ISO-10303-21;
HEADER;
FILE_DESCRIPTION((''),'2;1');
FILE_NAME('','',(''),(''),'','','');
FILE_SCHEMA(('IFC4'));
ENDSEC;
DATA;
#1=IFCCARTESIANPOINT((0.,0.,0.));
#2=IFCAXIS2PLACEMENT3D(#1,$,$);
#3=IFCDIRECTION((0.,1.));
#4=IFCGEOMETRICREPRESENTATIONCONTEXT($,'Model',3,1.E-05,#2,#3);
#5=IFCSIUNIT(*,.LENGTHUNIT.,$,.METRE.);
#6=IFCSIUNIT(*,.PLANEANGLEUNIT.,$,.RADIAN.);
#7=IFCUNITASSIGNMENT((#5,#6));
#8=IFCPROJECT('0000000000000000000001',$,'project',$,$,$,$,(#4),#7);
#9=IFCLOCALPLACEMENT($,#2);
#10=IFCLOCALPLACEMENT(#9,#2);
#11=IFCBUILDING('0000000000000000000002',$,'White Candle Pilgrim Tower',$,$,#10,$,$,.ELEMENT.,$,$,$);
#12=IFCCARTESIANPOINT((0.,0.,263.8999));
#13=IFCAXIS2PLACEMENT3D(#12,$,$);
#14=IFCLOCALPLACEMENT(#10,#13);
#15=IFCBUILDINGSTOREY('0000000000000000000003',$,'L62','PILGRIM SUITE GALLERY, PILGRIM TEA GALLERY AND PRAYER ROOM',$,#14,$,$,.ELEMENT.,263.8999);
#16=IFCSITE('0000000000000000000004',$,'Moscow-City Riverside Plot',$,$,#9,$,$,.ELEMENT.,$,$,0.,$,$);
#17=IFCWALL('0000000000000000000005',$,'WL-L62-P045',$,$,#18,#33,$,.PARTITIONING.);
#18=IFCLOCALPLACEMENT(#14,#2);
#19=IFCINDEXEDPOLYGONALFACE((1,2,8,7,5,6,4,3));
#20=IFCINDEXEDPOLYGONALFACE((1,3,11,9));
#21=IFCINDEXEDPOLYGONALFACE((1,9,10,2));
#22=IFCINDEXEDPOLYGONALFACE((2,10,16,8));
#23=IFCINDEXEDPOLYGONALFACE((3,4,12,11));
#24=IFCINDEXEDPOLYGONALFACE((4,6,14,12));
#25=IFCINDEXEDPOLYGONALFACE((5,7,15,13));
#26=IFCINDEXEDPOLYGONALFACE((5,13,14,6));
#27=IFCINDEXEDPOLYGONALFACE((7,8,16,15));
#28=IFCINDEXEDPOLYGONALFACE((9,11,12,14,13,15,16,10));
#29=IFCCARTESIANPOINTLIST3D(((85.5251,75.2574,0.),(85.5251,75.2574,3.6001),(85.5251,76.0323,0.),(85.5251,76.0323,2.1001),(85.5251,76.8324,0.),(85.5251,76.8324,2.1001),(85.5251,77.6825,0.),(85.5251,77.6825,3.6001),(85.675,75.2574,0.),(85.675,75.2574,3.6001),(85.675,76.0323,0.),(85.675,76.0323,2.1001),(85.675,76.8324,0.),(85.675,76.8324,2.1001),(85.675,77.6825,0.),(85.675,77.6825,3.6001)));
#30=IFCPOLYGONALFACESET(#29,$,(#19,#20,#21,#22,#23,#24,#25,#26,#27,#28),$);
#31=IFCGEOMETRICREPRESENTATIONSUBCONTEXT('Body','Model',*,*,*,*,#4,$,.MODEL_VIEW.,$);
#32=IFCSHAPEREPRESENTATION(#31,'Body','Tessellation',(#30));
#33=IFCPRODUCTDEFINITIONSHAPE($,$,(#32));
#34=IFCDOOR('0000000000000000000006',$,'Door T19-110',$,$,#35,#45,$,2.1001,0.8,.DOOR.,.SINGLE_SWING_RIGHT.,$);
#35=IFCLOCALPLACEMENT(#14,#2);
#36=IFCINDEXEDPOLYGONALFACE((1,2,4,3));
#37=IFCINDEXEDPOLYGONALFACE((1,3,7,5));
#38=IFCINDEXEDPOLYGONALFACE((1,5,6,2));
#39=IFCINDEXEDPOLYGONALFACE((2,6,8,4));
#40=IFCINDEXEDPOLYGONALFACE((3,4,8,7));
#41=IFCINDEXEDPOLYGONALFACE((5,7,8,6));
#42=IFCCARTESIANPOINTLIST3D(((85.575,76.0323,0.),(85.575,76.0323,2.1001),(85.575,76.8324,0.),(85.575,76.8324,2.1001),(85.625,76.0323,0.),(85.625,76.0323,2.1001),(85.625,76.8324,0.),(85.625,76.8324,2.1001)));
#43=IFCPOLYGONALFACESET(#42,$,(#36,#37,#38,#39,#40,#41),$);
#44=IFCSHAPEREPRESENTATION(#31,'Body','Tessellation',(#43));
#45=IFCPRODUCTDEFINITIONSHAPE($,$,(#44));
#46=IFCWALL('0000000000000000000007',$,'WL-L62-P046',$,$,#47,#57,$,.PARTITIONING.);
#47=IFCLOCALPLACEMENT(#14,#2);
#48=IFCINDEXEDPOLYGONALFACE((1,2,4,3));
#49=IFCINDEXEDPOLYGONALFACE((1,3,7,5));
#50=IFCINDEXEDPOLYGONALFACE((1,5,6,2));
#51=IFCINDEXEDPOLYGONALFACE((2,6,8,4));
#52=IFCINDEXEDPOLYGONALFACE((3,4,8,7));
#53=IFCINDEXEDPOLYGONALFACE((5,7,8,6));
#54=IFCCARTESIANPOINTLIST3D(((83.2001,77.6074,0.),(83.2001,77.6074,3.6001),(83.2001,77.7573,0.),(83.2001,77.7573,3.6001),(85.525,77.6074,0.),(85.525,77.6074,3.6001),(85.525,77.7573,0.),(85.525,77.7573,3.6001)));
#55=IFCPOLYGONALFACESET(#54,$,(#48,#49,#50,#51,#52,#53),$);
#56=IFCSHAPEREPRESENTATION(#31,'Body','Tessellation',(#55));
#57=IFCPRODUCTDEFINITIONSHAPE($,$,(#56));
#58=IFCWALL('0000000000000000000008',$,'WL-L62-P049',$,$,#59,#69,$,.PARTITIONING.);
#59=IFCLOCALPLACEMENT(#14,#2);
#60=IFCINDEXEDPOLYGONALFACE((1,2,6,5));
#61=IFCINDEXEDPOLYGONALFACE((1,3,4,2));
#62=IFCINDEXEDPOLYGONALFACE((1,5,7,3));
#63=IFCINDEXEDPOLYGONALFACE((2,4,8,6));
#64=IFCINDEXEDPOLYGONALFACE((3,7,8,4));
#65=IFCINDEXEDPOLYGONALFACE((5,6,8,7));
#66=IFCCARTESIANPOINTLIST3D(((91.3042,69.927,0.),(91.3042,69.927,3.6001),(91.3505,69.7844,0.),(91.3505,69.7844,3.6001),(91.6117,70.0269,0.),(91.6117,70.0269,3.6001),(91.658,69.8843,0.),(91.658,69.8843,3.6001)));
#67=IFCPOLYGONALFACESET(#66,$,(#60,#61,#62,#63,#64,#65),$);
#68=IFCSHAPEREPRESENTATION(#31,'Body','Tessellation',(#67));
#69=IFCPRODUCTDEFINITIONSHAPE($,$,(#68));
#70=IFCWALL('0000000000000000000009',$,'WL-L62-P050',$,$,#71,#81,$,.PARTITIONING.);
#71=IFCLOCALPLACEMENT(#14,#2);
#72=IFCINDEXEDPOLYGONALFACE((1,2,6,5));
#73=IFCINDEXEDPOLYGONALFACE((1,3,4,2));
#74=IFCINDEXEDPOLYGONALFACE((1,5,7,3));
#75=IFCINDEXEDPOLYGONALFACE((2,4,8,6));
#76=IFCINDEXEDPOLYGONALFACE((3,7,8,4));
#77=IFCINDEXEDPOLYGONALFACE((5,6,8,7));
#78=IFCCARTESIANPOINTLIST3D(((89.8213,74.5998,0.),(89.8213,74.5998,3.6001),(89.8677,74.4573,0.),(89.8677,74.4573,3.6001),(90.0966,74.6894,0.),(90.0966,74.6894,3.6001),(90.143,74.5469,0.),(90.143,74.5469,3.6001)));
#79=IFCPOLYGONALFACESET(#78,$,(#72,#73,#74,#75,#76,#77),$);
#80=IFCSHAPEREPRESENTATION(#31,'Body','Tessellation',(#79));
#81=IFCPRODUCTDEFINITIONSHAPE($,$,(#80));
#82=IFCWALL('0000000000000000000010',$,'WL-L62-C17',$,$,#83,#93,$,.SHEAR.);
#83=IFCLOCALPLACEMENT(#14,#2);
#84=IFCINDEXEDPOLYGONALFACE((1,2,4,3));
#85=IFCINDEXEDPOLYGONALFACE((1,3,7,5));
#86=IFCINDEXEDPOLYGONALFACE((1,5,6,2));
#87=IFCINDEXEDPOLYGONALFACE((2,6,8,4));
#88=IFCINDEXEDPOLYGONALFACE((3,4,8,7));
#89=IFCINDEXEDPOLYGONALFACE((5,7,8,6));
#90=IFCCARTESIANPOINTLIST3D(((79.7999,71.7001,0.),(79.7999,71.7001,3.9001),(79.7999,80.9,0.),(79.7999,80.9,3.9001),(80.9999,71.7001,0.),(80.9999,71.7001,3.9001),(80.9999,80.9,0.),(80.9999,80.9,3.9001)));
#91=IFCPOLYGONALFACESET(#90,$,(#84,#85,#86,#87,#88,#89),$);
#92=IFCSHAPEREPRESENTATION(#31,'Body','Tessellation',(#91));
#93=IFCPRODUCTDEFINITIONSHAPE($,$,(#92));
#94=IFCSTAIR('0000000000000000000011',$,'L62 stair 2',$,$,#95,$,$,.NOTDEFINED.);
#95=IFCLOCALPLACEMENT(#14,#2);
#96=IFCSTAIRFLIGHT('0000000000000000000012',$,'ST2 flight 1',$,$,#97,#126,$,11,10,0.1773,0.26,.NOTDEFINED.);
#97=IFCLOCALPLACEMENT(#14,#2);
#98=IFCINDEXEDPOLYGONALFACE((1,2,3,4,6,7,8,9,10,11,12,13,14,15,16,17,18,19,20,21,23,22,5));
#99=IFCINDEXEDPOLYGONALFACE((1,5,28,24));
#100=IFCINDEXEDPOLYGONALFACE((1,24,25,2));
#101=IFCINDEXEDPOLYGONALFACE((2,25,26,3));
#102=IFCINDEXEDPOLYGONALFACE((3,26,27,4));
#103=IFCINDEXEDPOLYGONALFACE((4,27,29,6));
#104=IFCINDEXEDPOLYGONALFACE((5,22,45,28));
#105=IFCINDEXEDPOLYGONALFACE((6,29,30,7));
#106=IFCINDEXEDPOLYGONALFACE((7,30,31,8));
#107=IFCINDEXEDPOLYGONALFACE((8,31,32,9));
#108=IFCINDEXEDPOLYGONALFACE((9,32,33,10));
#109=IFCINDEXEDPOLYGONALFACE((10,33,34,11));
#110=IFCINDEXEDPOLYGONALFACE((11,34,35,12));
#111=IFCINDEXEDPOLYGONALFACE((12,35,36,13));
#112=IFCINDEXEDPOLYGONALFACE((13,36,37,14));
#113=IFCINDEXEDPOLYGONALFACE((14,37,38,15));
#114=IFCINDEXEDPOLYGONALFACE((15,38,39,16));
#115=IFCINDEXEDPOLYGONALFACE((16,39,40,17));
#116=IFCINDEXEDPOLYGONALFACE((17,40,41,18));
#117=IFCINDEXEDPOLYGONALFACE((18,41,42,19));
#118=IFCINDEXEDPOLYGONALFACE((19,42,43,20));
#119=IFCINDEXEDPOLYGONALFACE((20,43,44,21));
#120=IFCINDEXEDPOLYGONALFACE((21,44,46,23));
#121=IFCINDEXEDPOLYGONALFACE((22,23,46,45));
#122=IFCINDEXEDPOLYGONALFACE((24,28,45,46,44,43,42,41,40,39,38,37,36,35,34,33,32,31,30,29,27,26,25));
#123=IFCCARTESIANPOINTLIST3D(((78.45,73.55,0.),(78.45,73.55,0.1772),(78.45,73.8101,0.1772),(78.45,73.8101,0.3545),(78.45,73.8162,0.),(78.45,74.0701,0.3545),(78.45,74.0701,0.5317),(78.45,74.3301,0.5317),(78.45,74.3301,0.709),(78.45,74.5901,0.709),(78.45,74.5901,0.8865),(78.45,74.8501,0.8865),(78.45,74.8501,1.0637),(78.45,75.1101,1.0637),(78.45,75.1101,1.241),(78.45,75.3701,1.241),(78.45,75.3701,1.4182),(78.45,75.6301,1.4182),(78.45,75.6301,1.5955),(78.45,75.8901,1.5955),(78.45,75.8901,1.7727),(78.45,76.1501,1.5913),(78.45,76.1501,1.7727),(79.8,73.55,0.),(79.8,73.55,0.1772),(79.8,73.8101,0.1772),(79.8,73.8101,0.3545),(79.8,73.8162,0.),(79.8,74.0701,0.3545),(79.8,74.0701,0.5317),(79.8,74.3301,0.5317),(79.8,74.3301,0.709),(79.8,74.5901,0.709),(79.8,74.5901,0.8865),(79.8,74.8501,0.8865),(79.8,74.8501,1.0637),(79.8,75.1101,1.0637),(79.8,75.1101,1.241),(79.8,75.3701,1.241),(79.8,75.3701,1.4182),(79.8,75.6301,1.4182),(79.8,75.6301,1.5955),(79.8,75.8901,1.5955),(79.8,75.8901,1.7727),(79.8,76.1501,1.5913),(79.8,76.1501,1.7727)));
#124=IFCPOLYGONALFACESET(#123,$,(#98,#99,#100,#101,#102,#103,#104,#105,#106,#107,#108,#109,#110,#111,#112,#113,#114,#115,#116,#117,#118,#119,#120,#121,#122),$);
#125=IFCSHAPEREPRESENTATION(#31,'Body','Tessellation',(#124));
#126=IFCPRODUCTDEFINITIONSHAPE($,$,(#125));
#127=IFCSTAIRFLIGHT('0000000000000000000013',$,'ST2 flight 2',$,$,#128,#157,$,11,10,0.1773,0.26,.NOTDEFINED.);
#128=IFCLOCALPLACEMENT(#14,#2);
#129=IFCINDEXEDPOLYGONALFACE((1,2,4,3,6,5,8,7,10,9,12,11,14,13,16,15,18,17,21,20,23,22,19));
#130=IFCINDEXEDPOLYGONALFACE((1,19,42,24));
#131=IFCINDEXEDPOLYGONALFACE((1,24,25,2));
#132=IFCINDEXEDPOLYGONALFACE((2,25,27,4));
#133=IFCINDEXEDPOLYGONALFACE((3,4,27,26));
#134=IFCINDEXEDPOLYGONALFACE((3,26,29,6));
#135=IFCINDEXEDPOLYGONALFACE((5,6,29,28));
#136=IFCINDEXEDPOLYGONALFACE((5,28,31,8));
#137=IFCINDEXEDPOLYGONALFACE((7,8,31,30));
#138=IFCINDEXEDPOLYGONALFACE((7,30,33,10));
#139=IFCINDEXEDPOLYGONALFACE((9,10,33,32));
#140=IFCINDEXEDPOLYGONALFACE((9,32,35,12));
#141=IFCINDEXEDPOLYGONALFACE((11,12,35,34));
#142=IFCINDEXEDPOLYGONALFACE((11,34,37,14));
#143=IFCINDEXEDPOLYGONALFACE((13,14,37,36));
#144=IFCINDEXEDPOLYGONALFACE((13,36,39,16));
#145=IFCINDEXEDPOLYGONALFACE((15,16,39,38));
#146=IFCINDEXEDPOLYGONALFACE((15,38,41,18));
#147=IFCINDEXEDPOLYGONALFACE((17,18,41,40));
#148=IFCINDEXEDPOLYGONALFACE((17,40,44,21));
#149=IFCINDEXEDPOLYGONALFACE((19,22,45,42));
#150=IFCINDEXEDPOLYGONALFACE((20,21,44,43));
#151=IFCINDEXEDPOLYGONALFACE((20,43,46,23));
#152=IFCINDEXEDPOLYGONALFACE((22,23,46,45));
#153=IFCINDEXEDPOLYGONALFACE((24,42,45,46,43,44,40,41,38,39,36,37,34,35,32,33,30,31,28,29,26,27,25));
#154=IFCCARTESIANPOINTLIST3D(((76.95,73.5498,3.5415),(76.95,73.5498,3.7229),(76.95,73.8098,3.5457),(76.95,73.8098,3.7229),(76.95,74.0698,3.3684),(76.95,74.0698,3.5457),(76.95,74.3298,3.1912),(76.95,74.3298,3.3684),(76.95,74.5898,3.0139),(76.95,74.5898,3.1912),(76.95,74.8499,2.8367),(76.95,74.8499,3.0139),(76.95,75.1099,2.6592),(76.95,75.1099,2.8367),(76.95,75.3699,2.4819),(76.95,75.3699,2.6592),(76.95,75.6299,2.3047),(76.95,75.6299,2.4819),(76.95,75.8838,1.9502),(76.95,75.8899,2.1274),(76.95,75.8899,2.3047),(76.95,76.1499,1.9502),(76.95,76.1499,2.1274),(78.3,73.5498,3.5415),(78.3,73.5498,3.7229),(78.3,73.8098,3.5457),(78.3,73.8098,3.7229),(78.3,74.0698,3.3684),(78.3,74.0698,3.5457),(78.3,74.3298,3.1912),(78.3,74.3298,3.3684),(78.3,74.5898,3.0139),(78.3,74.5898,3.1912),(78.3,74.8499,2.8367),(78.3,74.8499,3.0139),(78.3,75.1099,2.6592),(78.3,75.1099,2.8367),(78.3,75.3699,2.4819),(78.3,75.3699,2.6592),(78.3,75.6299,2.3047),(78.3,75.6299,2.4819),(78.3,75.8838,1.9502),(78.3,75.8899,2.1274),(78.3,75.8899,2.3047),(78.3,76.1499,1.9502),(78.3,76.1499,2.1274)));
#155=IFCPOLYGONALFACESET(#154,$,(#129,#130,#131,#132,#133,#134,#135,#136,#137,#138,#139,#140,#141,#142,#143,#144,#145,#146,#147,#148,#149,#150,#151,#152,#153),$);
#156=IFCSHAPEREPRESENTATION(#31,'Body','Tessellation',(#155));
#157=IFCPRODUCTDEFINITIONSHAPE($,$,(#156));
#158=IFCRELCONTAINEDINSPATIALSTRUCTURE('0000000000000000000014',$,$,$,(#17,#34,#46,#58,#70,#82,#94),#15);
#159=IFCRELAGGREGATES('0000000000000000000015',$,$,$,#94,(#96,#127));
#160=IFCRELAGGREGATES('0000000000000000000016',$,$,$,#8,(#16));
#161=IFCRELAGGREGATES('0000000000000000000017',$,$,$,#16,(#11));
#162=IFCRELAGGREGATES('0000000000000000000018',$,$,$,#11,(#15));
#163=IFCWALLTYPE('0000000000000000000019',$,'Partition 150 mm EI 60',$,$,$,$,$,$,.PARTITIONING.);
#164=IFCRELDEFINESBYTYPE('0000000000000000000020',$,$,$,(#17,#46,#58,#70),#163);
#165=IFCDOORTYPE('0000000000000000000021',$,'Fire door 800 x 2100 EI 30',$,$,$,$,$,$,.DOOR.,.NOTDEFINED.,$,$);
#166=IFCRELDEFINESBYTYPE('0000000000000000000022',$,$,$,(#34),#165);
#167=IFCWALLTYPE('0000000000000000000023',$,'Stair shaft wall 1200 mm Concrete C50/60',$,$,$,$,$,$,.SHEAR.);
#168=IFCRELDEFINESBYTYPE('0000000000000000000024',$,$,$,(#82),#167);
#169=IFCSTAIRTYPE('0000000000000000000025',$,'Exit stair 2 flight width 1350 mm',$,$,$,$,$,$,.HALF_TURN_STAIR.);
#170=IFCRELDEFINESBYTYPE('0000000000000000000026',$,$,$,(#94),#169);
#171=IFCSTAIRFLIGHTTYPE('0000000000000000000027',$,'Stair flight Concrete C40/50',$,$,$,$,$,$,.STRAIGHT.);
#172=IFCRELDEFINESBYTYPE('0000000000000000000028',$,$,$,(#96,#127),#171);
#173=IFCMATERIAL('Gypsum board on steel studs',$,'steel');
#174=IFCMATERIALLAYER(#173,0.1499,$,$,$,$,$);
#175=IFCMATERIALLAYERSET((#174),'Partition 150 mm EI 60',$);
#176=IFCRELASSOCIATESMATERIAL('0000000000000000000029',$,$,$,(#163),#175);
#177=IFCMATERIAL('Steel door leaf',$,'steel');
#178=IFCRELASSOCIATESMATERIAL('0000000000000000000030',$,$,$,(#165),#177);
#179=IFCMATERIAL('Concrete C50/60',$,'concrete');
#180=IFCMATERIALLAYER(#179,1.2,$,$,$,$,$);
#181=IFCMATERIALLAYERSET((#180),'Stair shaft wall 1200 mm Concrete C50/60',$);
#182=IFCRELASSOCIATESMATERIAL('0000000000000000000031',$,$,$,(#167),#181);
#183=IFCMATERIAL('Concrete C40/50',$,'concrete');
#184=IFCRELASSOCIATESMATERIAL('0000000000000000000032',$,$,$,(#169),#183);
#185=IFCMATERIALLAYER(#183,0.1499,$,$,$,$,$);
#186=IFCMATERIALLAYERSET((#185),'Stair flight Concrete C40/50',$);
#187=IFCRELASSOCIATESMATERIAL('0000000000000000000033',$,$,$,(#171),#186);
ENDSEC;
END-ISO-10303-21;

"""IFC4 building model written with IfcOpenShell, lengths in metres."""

from ifc_helpers import new_model, si_unit, direction, frame, frame_2d, origin, place, context, subcontext, project, spatial, polyline, rectangle, outline, extrude, material, layer, layer_set, type_object, element, fill, aggregate, save


model = new_model("IFC4")

# Units and contexts
model_context = context("Model", 3, precision=1e-05, world=origin(), true_north=direction((0.0, 1.0)))
body_context = subcontext(model_context, "Body", "Model", "MODEL_VIEW")
ifc_project = project(units=[si_unit("LENGTHUNIT", "METRE"), si_unit("PLANEANGLEUNIT", "RADIAN")], contexts=[model_context])

# Site, building, storey
site_placement = place(None, origin())
site = spatial("IfcSite", under=ifc_project, at=site_placement, Name="Moscow-City Riverside Plot", CompositionType="ELEMENT", RefElevation=0.0)
building_placement = place(site_placement, origin())
building = spatial("IfcBuilding", under=site, at=building_placement, Name="White Candle Pilgrim Tower", CompositionType="ELEMENT")
storey_placement = place(building_placement, frame((0.0, 0.0, 263.8999)))
storey = spatial("IfcBuildingStorey", under=building, at=storey_placement, Name="L62", Description="PILGRIM SUITE GALLERY, PILGRIM TEA GALLERY AND PRAYER ROOM", CompositionType="ELEMENT", Elevation=263.8999)

# Shared definitions
ifc_material_1 = material(Name="Concrete C50/60", Category="concrete")

# Shared definitions
ifc_material_2 = material(Name="Steel door leaf", Category="steel")

# Shared definitions
ifc_material_3 = material(Name="Gypsum board on steel studs", Category="steel")

# Shared definitions
ifc_layer_1 = layer(ifc_material_3, 0.1499)
ifc_layer_set_1 = layer_set([ifc_layer_1], Name="Partition 150 mm EI 60")
wall_type_1 = type_object("IfcWallType", Name="Partition 150 mm EI 60", PredefinedType="PARTITIONING", material=ifc_layer_set_1)

# Wall, opening, door
wall_1_placement = place(storey_placement, frame((85.6001, 77.6824, 0.0), z_axis=(0.0, 0.0, 1.0), x_axis=(0.0, -1.0, 0.0)))
wall_1 = element("IfcWall", 1, at=wall_1_placement, inside=storey, type_object=wall_type_1, Name="WL-L62-P045", PredefinedType="PARTITIONING", context=body_context, shape_type="SweptSolid", body=[
    extrude(rectangle(XDim=2.425, YDim=0.1499, at=frame_2d((1.2124, 0.0))), origin(), (0.0, 0.0, 1.0), 3.6001),
])
opening_1_placement = place(wall_1_placement, frame((0.8501, 0.0, 0.0)))
opening_1 = element("IfcOpeningElement", 2, at=opening_1_placement, cuts=wall_1, PredefinedType="OPENING", context=body_context, shape_type="SweptSolid", body=[
    extrude(rectangle(XDim=0.8, YDim=2.1001, at=frame_2d((0.3999, 1.05))), frame((0.0, 0.085, 0.0), z_axis=(0.0, -1.0, 0.0), x_axis=(1.0, 0.0, 0.0)), (0.0, 0.0, 1.0), 0.1699),
])
door_type_1 = type_object("IfcDoorType", Name="Fire door 800 x 2100 EI 30", OperationType="NOTDEFINED", PredefinedType="DOOR", material=ifc_material_2)
door_1_placement = place(opening_1_placement, origin())
door_1 = element("IfcDoor", 3, at=door_1_placement, inside=storey, type_object=door_type_1, Name="Door T19-110", OperationType="SINGLE_SWING_RIGHT", OverallHeight=2.1001, OverallWidth=0.8, PredefinedType="DOOR", context=body_context, shape_type="SweptSolid", body=[
    extrude(rectangle(XDim=0.8, YDim=2.1001, at=frame_2d((0.3999, 1.05))), frame((0.0, 0.0249, 0.0), z_axis=(0.0, -1.0, 0.0), x_axis=(1.0, 0.0, 0.0)), (0.0, 0.0, 1.0), 0.05),
])
fill(opening_1, door_1)

# Walls
wall_2_placement = place(storey_placement, frame((83.2, 77.6824, 0.0), z_axis=(0.0, 0.0, 1.0), x_axis=(1.0, 0.0, 0.0)))
element("IfcWall", 4, at=wall_2_placement, inside=storey, type_object=wall_type_1, Name="WL-L62-P046", PredefinedType="PARTITIONING", context=body_context, shape_type="SweptSolid", body=[
    extrude(rectangle(XDim=2.325, YDim=0.1499, at=frame_2d((1.1626, 0.0))), origin(), (0.0, 0.0, 1.0), 3.6001),
])
wall_3_placement = place(storey_placement, frame((91.3274, 69.8557, 0.0), z_axis=(0.0, 0.0, 1.0), x_axis=(0.951073, 0.308967, 0.0)))
element("IfcWall", 5, at=wall_3_placement, inside=storey, type_object=wall_type_1, Name="WL-L62-P049", PredefinedType="PARTITIONING", context=body_context, shape_type="SweptSolid", body=[
    extrude(rectangle(XDim=0.3232, YDim=0.1499, at=frame_2d((0.1616, 0.0))), origin(), (0.0, 0.0, 1.0), 3.6001),
])
wall_4_placement = place(storey_placement, frame((89.8445, 74.5286, 0.0), z_axis=(0.0, 0.0, 1.0), x_axis=(0.950935, 0.309391, 0.0)))
element("IfcWall", 6, at=wall_4_placement, inside=storey, type_object=wall_type_1, Name="WL-L62-P050", PredefinedType="PARTITIONING", context=body_context, shape_type="SweptSolid", body=[
    extrude(rectangle(XDim=0.2896, YDim=0.1499, at=frame_2d((0.1448, 0.0))), origin(), (0.0, 0.0, 1.0), 3.6001),
])
ifc_layer_2 = layer(ifc_material_1, 1.2)
ifc_layer_set_2 = layer_set([ifc_layer_2], Name="Stair shaft wall 1200 mm Concrete C50/60")
wall_type_2 = type_object("IfcWallType", Name="Stair shaft wall 1200 mm Concrete C50/60", PredefinedType="SHEAR", material=ifc_layer_set_2)
wall_5_placement = place(storey_placement, frame((80.3999, 71.7, 0.0), z_axis=(0.0, 0.0, 1.0), x_axis=(0.0, 1.0, 0.0)))
element("IfcWall", 7, at=wall_5_placement, inside=storey, type_object=wall_type_2, Name="WL-L62-C17", PredefinedType="SHEAR", context=body_context, shape_type="SweptSolid", body=[
    extrude(rectangle(XDim=9.2, YDim=1.2, at=frame_2d((4.6001, 0.0))), origin(), (0.0, 0.0, 1.0), 3.9001),
])

# Stair, stair flights
ifc_material_4 = material(Name="Concrete C40/50", Category="concrete")
stair_type = type_object("IfcStairType", Name="Exit stair 2 flight width 1350 mm", PredefinedType="HALF_TURN_STAIR", material=ifc_material_4)
stair_placement = place(storey_placement, origin())
stair = element("IfcStair", 8, at=stair_placement, inside=storey, type_object=stair_type, Name="L62 stair 2", PredefinedType="NOTDEFINED")
ifc_layer_3 = layer(ifc_material_4, 0.1499)
ifc_layer_set_3 = layer_set([ifc_layer_3], Name="Stair flight Concrete C40/50")
stair_flight_type = type_object("IfcStairFlightType", Name="Stair flight Concrete C40/50", PredefinedType="STRAIGHT", material=ifc_layer_set_3)
stair_flight_1_placement = place(storey_placement, frame((79.125, 73.55, 0.0), z_axis=(0.0, 0.0, 1.0), x_axis=(0.0, 1.0, 0.0)))
stair_flight_1 = element("IfcStairFlight", 9, at=stair_flight_1_placement, type_object=stair_flight_type, Name="ST2 flight 1", NumberOfRisers=11, NumberOfTreads=10, PredefinedType="NOTDEFINED", RiserHeight=0.1773, TreadLength=0.26, context=body_context, shape_type="SweptSolid", body=[
    extrude(outline(polyline([(0.0, 0.0), (0.0, 0.1772), (0.26, 0.1772), (0.26, 0.3545), (0.52, 0.3545), (0.52, 0.5317), (0.78, 0.5317), (0.78, 0.709), (1.04, 0.709), (1.04, 0.8865), (1.3, 0.8865), (1.3, 1.0637), (1.5601, 1.0637), (1.5601, 1.241), (1.8201, 1.241), (1.8201, 1.4182), (2.0801, 1.4182), (2.0801, 1.5955), (2.3401, 1.5955), (2.3401, 1.7727), (2.6001, 1.7727), (2.6001, 1.95), (2.6001, 1.5913), (0.2661, 0.0), (0.0, 0.0)])), frame((0.0, 0.675, 0.0), z_axis=(0.0, -1.0, 0.0), x_axis=(1.0, 0.0, 0.0)), (0.0, 0.0, 1.0), 1.3501),
])
stair_flight_2_placement = place(storey_placement, frame((77.625, 76.1499, 1.9502), z_axis=(0.0, 0.0, 1.0), x_axis=(0.0, -1.0, 0.0)))
stair_flight_2 = element("IfcStairFlight", 10, at=stair_flight_2_placement, type_object=stair_flight_type, Name="ST2 flight 2", NumberOfRisers=11, NumberOfTreads=10, PredefinedType="NOTDEFINED", RiserHeight=0.1773, TreadLength=0.26, context=body_context, shape_type="SweptSolid", body=[
    extrude(outline(polyline([(0.0, 0.0), (0.0, 0.1772), (0.26, 0.1772), (0.26, 0.3545), (0.52, 0.3545), (0.52, 0.5317), (0.78, 0.5317), (0.78, 0.709), (1.04, 0.709), (1.04, 0.8865), (1.3, 0.8865), (1.3, 1.0637), (1.5601, 1.0637), (1.5601, 1.241), (1.8201, 1.241), (1.8201, 1.4182), (2.0801, 1.4182), (2.0801, 1.5955), (2.3401, 1.5955), (2.3401, 1.7727), (2.6001, 1.7727), (2.6001, 1.95), (2.6001, 1.5913), (0.2661, 0.0), (0.0, 0.0)])), frame((0.0, 0.675, 0.0), z_axis=(0.0, -1.0, 0.0), x_axis=(1.0, 0.0, 0.0)), (0.0, 0.0, 1.0), 1.3501),
])
aggregate(stair, [stair_flight_1, stair_flight_2])

save(model, "model.ifc")
